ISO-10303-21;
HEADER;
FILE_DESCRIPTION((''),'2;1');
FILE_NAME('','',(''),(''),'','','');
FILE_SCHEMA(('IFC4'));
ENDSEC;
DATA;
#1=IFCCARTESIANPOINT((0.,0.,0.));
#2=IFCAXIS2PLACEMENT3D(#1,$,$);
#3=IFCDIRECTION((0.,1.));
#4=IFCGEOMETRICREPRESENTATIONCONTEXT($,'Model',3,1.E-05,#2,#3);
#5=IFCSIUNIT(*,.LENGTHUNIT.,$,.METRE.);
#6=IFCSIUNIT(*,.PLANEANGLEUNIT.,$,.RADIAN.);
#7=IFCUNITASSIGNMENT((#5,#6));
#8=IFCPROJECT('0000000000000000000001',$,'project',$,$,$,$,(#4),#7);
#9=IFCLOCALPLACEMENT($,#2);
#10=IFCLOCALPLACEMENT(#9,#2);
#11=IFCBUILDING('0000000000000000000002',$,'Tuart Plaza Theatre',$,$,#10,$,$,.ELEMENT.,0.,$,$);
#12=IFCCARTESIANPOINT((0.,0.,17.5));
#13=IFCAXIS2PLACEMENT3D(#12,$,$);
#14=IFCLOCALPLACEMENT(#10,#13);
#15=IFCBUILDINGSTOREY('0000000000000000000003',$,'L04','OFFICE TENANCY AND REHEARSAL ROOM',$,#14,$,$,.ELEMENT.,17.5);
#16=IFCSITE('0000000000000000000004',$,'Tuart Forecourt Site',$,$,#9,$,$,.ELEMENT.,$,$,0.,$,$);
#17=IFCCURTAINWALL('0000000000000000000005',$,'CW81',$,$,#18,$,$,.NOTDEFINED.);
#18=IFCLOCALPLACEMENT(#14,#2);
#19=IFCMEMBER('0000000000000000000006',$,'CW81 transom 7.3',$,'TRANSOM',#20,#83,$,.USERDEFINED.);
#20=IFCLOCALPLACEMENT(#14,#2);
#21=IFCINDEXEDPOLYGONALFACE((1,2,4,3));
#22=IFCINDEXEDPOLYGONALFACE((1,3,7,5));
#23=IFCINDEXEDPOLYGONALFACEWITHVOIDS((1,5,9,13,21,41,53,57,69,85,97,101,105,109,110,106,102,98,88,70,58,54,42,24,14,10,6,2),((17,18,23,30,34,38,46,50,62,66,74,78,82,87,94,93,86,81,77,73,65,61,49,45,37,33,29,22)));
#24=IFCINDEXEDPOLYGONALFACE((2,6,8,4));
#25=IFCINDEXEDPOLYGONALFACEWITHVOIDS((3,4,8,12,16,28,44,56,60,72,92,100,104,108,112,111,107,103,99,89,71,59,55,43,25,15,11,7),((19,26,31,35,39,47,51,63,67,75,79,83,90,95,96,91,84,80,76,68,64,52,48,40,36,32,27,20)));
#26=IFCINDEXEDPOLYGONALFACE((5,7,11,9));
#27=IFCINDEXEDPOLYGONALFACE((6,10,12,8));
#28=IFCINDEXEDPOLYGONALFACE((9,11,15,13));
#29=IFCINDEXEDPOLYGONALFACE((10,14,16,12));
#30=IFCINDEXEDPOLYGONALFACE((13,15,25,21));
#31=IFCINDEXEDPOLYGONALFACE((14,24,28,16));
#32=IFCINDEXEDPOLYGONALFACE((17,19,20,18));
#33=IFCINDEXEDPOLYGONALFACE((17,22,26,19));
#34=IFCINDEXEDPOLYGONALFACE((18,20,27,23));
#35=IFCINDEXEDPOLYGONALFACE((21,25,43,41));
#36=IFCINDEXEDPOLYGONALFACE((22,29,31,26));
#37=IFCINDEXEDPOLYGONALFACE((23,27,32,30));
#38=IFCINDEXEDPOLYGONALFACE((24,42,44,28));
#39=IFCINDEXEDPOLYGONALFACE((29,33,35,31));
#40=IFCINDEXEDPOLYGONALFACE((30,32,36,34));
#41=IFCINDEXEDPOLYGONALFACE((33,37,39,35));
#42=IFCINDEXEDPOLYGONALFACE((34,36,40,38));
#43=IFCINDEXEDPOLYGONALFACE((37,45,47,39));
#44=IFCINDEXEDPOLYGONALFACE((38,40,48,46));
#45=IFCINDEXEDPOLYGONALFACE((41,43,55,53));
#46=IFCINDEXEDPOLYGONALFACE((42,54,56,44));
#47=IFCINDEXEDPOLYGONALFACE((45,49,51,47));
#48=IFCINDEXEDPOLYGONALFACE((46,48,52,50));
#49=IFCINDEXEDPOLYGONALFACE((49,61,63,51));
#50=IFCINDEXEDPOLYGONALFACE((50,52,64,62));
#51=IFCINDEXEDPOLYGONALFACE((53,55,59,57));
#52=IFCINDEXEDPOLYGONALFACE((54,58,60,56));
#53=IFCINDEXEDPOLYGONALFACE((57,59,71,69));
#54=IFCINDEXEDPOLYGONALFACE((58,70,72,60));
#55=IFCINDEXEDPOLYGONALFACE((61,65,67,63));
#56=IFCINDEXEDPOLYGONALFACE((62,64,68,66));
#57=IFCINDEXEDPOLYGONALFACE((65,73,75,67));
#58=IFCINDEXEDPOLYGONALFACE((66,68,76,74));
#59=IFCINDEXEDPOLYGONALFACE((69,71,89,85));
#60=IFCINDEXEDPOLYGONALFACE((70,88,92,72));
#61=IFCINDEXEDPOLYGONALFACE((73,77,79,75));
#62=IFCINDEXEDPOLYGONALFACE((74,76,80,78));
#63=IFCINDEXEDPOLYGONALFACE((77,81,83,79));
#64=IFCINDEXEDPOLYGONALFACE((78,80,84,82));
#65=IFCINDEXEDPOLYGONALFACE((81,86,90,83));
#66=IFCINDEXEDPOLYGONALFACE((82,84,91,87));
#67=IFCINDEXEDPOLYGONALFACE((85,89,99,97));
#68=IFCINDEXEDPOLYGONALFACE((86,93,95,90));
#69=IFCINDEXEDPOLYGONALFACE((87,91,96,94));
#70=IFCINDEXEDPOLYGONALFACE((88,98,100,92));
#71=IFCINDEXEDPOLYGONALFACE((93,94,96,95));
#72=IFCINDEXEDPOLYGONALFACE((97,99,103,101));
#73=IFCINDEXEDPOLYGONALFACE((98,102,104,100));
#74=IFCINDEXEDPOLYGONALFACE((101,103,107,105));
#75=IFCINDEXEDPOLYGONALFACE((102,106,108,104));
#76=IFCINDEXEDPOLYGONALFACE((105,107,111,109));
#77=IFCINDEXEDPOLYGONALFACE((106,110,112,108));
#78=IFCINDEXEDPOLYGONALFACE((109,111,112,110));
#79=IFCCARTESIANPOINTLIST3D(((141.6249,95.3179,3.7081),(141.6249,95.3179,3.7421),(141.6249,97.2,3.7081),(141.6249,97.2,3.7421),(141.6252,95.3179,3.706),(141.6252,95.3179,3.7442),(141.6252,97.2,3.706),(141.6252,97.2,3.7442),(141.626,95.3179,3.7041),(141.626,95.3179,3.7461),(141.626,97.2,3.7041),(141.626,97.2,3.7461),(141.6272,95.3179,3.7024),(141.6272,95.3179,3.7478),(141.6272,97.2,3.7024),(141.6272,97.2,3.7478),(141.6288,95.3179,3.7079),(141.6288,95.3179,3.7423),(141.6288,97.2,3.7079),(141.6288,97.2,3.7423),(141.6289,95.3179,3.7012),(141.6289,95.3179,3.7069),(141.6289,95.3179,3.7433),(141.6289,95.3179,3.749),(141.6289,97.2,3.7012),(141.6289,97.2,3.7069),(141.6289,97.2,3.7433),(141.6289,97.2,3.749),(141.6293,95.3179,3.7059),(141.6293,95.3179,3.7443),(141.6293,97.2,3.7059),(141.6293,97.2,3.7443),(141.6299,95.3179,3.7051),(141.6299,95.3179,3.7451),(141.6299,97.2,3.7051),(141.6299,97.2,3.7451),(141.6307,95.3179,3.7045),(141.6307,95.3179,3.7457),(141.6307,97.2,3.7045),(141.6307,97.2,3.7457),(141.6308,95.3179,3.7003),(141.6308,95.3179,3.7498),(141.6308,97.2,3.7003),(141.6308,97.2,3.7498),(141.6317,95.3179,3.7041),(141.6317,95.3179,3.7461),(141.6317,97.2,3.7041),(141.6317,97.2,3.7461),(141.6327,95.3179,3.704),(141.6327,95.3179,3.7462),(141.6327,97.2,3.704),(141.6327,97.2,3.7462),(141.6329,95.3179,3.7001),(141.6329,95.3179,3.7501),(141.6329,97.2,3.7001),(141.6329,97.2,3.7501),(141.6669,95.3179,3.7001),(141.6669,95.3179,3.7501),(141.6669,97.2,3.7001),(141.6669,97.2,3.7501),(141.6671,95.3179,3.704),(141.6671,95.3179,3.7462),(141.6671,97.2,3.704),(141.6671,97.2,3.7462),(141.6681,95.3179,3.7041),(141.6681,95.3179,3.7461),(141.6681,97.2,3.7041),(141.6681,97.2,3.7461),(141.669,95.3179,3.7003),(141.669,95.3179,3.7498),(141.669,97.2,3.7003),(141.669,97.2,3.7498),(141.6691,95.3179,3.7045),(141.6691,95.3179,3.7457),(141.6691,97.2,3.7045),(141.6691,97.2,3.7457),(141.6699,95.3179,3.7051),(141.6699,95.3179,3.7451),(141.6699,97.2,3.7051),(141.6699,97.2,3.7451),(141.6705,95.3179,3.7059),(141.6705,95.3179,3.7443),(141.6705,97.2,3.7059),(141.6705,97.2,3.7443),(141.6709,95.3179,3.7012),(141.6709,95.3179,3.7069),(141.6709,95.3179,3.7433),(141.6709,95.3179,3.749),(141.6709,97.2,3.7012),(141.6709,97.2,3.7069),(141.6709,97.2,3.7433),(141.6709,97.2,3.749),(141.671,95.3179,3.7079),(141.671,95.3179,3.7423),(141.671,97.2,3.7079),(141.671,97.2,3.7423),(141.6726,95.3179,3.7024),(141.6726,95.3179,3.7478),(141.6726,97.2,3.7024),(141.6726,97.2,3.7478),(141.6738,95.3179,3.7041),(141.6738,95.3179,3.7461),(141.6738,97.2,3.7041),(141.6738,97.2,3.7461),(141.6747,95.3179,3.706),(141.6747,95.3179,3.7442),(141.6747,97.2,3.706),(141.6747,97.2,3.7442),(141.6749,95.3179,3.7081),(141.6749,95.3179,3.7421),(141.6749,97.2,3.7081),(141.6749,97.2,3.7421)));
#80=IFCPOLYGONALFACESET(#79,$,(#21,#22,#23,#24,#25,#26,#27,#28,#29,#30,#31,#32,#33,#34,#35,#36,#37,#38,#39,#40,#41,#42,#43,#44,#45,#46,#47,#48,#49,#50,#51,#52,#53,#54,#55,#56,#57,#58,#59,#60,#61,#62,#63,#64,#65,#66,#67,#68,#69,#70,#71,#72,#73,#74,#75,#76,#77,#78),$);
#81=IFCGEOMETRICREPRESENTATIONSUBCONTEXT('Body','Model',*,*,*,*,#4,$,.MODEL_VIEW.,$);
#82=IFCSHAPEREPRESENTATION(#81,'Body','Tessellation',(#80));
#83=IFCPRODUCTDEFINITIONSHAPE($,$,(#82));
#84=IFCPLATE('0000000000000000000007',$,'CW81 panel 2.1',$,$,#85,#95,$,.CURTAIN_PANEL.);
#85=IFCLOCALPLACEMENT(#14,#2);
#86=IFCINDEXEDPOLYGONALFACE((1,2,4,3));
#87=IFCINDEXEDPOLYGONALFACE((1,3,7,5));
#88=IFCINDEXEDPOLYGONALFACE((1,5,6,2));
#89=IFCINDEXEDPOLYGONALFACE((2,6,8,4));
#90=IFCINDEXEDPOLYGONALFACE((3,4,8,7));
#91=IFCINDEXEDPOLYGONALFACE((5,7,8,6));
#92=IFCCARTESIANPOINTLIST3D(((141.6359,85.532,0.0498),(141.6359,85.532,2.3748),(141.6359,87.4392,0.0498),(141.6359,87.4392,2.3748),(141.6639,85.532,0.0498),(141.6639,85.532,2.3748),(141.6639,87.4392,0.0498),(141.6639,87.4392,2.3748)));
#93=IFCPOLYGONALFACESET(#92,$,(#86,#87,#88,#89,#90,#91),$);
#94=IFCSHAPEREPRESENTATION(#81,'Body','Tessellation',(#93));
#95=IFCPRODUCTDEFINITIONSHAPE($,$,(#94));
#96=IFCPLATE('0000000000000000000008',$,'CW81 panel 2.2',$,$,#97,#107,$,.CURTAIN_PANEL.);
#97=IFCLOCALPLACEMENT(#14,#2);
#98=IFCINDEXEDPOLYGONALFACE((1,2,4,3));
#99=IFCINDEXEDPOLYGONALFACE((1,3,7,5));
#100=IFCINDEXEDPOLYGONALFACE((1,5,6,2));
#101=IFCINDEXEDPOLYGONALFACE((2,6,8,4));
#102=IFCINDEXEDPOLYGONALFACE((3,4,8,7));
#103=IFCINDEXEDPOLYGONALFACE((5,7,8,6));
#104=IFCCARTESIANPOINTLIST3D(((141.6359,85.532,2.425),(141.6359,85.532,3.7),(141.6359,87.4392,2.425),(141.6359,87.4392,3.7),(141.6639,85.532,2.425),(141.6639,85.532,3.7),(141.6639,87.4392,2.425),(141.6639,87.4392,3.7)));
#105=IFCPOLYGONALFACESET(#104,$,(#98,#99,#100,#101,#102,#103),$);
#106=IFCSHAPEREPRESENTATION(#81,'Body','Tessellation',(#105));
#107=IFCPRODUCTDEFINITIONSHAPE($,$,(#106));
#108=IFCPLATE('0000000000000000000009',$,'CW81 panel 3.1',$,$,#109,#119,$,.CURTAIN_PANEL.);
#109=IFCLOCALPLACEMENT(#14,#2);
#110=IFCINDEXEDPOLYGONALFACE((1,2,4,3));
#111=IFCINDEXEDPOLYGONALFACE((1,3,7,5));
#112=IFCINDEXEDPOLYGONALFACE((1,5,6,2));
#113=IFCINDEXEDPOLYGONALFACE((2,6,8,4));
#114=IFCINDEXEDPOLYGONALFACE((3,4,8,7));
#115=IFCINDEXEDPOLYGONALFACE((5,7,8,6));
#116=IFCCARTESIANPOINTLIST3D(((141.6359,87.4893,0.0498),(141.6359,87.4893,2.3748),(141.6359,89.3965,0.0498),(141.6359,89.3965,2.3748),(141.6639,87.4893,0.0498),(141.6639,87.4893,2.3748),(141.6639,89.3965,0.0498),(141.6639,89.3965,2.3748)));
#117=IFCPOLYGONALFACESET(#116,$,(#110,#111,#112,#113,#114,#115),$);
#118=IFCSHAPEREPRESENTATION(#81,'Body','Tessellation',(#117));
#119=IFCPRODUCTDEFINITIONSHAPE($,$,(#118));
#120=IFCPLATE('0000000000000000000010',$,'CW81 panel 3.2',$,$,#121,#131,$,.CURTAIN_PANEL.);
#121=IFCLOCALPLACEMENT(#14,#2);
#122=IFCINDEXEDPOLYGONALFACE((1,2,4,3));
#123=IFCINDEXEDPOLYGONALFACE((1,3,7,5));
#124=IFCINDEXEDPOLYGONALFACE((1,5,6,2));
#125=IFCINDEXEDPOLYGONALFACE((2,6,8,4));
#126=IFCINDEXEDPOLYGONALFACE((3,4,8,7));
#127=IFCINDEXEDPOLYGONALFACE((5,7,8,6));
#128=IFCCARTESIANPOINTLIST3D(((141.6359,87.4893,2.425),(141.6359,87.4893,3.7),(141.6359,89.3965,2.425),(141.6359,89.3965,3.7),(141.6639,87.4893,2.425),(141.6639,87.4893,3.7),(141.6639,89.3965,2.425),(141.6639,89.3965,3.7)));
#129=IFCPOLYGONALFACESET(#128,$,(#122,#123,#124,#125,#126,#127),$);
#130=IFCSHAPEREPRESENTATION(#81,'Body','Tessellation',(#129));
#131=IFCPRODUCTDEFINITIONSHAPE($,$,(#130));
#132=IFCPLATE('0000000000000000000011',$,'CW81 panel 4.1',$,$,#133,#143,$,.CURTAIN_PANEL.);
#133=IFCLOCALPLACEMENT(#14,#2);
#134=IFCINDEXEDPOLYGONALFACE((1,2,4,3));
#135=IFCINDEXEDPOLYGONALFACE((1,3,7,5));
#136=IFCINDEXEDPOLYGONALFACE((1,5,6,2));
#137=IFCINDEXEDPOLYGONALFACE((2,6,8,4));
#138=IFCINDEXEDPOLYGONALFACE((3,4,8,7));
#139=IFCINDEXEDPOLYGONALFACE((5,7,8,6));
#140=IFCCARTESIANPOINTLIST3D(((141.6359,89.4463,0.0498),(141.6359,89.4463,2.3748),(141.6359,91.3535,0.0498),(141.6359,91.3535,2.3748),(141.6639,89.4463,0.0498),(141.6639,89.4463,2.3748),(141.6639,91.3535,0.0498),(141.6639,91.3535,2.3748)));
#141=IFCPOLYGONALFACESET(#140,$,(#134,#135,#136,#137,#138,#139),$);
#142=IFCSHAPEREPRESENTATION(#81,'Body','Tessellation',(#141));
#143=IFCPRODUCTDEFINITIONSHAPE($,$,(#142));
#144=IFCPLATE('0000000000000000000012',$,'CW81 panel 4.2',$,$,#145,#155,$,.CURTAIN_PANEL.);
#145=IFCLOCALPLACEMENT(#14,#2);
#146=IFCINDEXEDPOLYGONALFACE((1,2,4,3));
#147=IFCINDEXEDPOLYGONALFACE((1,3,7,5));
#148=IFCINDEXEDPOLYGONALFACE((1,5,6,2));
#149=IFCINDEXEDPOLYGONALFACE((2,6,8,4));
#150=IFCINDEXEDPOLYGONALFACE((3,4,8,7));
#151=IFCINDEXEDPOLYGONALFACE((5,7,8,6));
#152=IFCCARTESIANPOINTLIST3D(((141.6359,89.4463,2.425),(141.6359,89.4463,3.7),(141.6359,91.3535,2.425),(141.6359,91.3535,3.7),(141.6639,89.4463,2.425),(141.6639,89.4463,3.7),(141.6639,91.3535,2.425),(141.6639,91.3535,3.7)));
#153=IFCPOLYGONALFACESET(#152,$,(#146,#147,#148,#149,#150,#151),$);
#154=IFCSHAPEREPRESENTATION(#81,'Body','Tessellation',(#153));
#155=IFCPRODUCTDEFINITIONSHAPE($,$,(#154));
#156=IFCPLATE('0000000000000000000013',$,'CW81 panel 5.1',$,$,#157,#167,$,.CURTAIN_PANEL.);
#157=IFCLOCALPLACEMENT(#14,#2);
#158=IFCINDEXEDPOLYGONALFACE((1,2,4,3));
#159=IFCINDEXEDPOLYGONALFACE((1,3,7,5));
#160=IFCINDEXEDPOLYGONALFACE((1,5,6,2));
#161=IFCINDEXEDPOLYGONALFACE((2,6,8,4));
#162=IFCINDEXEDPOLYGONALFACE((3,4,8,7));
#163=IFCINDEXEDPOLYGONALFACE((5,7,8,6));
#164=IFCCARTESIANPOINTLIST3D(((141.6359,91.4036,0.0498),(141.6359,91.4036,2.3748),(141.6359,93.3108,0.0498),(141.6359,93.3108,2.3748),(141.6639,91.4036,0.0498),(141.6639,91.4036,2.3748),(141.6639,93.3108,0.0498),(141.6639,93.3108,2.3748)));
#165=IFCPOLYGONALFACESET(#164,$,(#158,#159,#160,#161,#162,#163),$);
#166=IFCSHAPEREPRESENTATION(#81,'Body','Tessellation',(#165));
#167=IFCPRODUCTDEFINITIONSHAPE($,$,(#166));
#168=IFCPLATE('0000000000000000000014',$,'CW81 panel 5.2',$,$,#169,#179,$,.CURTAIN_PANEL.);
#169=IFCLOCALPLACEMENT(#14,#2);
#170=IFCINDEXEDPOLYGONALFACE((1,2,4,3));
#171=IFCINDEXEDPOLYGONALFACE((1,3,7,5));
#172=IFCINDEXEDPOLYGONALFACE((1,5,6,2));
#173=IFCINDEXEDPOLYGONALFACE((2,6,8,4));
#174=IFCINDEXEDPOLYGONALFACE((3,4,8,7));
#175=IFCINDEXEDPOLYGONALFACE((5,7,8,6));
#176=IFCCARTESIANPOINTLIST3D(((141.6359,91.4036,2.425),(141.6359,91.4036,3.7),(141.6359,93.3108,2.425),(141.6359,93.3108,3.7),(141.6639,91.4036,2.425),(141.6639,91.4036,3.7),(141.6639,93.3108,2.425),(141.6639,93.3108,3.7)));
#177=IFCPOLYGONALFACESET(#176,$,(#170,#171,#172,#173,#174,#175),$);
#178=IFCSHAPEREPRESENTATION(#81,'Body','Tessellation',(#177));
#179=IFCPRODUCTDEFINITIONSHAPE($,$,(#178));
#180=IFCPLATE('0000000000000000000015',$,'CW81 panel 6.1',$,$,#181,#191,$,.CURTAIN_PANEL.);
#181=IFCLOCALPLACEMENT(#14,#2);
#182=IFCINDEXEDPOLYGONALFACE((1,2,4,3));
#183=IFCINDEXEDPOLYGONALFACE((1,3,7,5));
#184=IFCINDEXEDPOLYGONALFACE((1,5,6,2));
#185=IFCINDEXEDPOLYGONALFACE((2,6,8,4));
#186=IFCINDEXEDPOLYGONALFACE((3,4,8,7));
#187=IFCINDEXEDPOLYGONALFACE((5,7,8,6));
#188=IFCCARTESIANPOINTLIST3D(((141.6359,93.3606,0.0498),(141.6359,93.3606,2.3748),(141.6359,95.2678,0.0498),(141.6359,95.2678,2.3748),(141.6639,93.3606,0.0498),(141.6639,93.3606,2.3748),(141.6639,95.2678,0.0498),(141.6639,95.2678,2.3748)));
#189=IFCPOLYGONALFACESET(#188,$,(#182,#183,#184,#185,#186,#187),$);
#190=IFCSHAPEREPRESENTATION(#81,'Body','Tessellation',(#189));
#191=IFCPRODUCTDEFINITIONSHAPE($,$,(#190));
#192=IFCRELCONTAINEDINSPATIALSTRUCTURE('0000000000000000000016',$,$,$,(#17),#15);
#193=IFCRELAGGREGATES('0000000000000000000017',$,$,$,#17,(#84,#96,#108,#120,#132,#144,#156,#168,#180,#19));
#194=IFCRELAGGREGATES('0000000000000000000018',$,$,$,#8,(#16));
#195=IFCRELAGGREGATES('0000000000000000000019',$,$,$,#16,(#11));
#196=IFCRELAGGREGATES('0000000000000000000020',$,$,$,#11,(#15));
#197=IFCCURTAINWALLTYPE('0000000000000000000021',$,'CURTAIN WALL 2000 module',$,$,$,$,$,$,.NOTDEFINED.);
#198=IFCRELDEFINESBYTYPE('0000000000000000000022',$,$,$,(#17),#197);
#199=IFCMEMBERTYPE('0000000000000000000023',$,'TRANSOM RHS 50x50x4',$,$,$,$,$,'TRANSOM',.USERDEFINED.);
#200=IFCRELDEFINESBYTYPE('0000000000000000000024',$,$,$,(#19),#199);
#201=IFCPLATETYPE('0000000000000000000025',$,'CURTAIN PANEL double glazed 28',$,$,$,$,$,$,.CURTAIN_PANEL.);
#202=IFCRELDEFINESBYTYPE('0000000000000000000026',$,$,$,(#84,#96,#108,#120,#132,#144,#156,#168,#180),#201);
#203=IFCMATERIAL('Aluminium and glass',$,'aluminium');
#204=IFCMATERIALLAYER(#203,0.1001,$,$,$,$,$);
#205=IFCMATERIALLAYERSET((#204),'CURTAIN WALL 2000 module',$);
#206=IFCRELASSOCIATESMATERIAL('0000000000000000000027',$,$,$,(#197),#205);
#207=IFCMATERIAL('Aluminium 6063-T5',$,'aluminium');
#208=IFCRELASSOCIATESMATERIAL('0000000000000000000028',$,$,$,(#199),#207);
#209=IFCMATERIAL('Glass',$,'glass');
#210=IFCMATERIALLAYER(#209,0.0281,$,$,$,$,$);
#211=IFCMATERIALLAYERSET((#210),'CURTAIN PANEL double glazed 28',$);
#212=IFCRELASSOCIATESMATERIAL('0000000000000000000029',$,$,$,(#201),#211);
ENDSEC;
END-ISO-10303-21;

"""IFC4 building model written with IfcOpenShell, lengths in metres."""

from ifc_helpers import new_model, si_unit, direction, frame, origin, origin_2d, place, context, subcontext, project, spatial, rectangle, hollow_rectangle, extrude, material, layer, layer_set, material_profile, profile_set, type_object, element, aggregate, save


model = new_model("IFC4")

# Units and contexts
model_context = context("Model", 3, precision=1e-05, world=origin(), true_north=direction((0.0, 1.0)))
body_context = subcontext(model_context, "Body", "Model", "MODEL_VIEW")
ifc_project = project(units=[si_unit("LENGTHUNIT", "METRE"), si_unit("PLANEANGLEUNIT", "RADIAN")], contexts=[model_context])

# Site, building, storey
site_placement = place(None, origin())
site = spatial("IfcSite", under=ifc_project, at=site_placement, Name="Tuart Forecourt Site", CompositionType="ELEMENT", RefElevation=0.0)
building_placement = place(site_placement, origin())
building = spatial("IfcBuilding", under=site, at=building_placement, Name="Tuart Plaza Theatre", CompositionType="ELEMENT", ElevationOfRefHeight=0.0)
storey_placement = place(building_placement, frame((0.0, 0.0, 17.5)))
storey = spatial("IfcBuildingStorey", under=building, at=storey_placement, Name="L04", Description="OFFICE TENANCY AND REHEARSAL ROOM", CompositionType="ELEMENT", Elevation=17.5)

# Curtain wall, member, plates
ifc_material_1 = material(Name="Aluminium and glass", Category="aluminium")
ifc_layer_1 = layer(ifc_material_1, 0.1001)
ifc_layer_set_1 = layer_set([ifc_layer_1], Name="CURTAIN WALL 2000 module")
curtain_wall_type = type_object("IfcCurtainWallType", Name="CURTAIN WALL 2000 module", PredefinedType="NOTDEFINED", material=ifc_layer_set_1)
curtain_wall_placement = place(storey_placement, origin())
curtain_wall = element("IfcCurtainWall", 1, at=curtain_wall_placement, inside=storey, type_object=curtain_wall_type, Name="CW81", PredefinedType="NOTDEFINED")
ifc_material_2 = material(Name="Aluminium 6063-T5", Category="aluminium")
ifc_material_profile_1 = material_profile(ifc_material_2, hollow_rectangle(XDim=0.05, YDim=0.05, WallThickness=0.0039, InnerFilletRadius=0.0039, OuterFilletRadius=0.0081, at=origin_2d()), Name="RHS 50x50x4")
ifc_profile_set_1 = profile_set([ifc_material_profile_1], Name="Aluminium 6063-T5")
member_type_1 = type_object("IfcMemberType", Name="TRANSOM RHS 50x50x4", ElementType="TRANSOM", PredefinedType="USERDEFINED", material=ifc_profile_set_1)
member_1_placement = place(storey_placement, frame((141.6499, 95.3179, 3.7251), z_axis=(0.0, 1.0, 0.0), x_axis=(-1.0, 0.0, 0.0)))
member_1 = element("IfcMember", 2, at=member_1_placement, type_object=member_type_1, Name="CW81 transom 7.3", ObjectType="TRANSOM", PredefinedType="USERDEFINED", context=body_context, shape_type="SweptSolid", body=[
    extrude(hollow_rectangle(XDim=0.05, YDim=0.05, WallThickness=0.0039, InnerFilletRadius=0.0039, OuterFilletRadius=0.0081, at=origin_2d()), origin(), (0.0, 0.0, 1.0), 1.8821),
])
ifc_material_3 = material(Name="Glass", Category="glass")
ifc_layer_2 = layer(ifc_material_3, 0.0281)
ifc_layer_set_2 = layer_set([ifc_layer_2], Name="CURTAIN PANEL double glazed 28")
plate_type = type_object("IfcPlateType", Name="CURTAIN PANEL double glazed 28", PredefinedType="CURTAIN_PANEL", material=ifc_layer_set_2)
plate_1_placement = place(storey_placement, frame((141.6499, 86.4856, 0.0498), z_axis=(0.0, 0.0, 1.0), x_axis=(0.0, 1.0, 0.0)))
plate_1 = element("IfcPlate", 3, at=plate_1_placement, type_object=plate_type, Name="CW81 panel 2.1", PredefinedType="CURTAIN_PANEL", context=body_context, shape_type="SweptSolid", body=[
    extrude(rectangle(XDim=1.9072, YDim=0.0281, at=origin_2d()), origin(), (0.0, 0.0, 1.0), 2.325),
])
plate_2_placement = place(storey_placement, frame((141.6499, 86.4856, 2.425), z_axis=(0.0, 0.0, 1.0), x_axis=(0.0, 1.0, 0.0)))
plate_2 = element("IfcPlate", 4, at=plate_2_placement, type_object=plate_type, Name="CW81 panel 2.2", PredefinedType="CURTAIN_PANEL", context=body_context, shape_type="SweptSolid", body=[
    extrude(rectangle(XDim=1.9072, YDim=0.0281, at=origin_2d()), origin(), (0.0, 0.0, 1.0), 1.2749),
])
plate_3_placement = place(storey_placement, frame((141.6499, 88.4429, 0.0498), z_axis=(0.0, 0.0, 1.0), x_axis=(0.0, 1.0, 0.0)))
plate_3 = element("IfcPlate", 5, at=plate_3_placement, type_object=plate_type, Name="CW81 panel 3.1", PredefinedType="CURTAIN_PANEL", context=body_context, shape_type="SweptSolid", body=[
    extrude(rectangle(XDim=1.9072, YDim=0.0281, at=origin_2d()), origin(), (0.0, 0.0, 1.0), 2.325),
])
plate_4_placement = place(storey_placement, frame((141.6499, 88.4429, 2.425), z_axis=(0.0, 0.0, 1.0), x_axis=(0.0, 1.0, 0.0)))
plate_4 = element("IfcPlate", 6, at=plate_4_placement, type_object=plate_type, Name="CW81 panel 3.2", PredefinedType="CURTAIN_PANEL", context=body_context, shape_type="SweptSolid", body=[
    extrude(rectangle(XDim=1.9072, YDim=0.0281, at=origin_2d()), origin(), (0.0, 0.0, 1.0), 1.2749),
])
plate_5_placement = place(storey_placement, frame((141.6499, 90.3999, 0.0498), z_axis=(0.0, 0.0, 1.0), x_axis=(0.0, 1.0, 0.0)))
plate_5 = element("IfcPlate", 7, at=plate_5_placement, type_object=plate_type, Name="CW81 panel 4.1", PredefinedType="CURTAIN_PANEL", context=body_context, shape_type="SweptSolid", body=[
    extrude(rectangle(XDim=1.9072, YDim=0.0281, at=origin_2d()), origin(), (0.0, 0.0, 1.0), 2.325),
])
plate_6_placement = place(storey_placement, frame((141.6499, 90.3999, 2.425), z_axis=(0.0, 0.0, 1.0), x_axis=(0.0, 1.0, 0.0)))
plate_6 = element("IfcPlate", 8, at=plate_6_placement, type_object=plate_type, Name="CW81 panel 4.2", PredefinedType="CURTAIN_PANEL", context=body_context, shape_type="SweptSolid", body=[
    extrude(rectangle(XDim=1.9072, YDim=0.0281, at=origin_2d()), origin(), (0.0, 0.0, 1.0), 1.2749),
])
plate_7_placement = place(storey_placement, frame((141.6499, 92.3572, 0.0498), z_axis=(0.0, 0.0, 1.0), x_axis=(0.0, 1.0, 0.0)))
plate_7 = element("IfcPlate", 9, at=plate_7_placement, type_object=plate_type, Name="CW81 panel 5.1", PredefinedType="CURTAIN_PANEL", context=body_context, shape_type="SweptSolid", body=[
    extrude(rectangle(XDim=1.9072, YDim=0.0281, at=origin_2d()), origin(), (0.0, 0.0, 1.0), 2.325),
])
plate_8_placement = place(storey_placement, frame((141.6499, 92.3572, 2.425), z_axis=(0.0, 0.0, 1.0), x_axis=(0.0, 1.0, 0.0)))
plate_8 = element("IfcPlate", 10, at=plate_8_placement, type_object=plate_type, Name="CW81 panel 5.2", PredefinedType="CURTAIN_PANEL", context=body_context, shape_type="SweptSolid", body=[
    extrude(rectangle(XDim=1.9072, YDim=0.0281, at=origin_2d()), origin(), (0.0, 0.0, 1.0), 1.2749),
])
plate_9_placement = place(storey_placement, frame((141.6499, 94.3142, 0.0498), z_axis=(0.0, 0.0, 1.0), x_axis=(0.0, 1.0, 0.0)))
plate_9 = element("IfcPlate", 11, at=plate_9_placement, type_object=plate_type, Name="CW81 panel 6.1", PredefinedType="CURTAIN_PANEL", context=body_context, shape_type="SweptSolid", body=[
    extrude(rectangle(XDim=1.9072, YDim=0.0281, at=origin_2d()), origin(), (0.0, 0.0, 1.0), 2.325),
])
aggregate(curtain_wall, [plate_1, plate_2, plate_3, plate_4, plate_5, plate_6, plate_7, plate_8, plate_9, member_1])

save(model, "model.ifc")
